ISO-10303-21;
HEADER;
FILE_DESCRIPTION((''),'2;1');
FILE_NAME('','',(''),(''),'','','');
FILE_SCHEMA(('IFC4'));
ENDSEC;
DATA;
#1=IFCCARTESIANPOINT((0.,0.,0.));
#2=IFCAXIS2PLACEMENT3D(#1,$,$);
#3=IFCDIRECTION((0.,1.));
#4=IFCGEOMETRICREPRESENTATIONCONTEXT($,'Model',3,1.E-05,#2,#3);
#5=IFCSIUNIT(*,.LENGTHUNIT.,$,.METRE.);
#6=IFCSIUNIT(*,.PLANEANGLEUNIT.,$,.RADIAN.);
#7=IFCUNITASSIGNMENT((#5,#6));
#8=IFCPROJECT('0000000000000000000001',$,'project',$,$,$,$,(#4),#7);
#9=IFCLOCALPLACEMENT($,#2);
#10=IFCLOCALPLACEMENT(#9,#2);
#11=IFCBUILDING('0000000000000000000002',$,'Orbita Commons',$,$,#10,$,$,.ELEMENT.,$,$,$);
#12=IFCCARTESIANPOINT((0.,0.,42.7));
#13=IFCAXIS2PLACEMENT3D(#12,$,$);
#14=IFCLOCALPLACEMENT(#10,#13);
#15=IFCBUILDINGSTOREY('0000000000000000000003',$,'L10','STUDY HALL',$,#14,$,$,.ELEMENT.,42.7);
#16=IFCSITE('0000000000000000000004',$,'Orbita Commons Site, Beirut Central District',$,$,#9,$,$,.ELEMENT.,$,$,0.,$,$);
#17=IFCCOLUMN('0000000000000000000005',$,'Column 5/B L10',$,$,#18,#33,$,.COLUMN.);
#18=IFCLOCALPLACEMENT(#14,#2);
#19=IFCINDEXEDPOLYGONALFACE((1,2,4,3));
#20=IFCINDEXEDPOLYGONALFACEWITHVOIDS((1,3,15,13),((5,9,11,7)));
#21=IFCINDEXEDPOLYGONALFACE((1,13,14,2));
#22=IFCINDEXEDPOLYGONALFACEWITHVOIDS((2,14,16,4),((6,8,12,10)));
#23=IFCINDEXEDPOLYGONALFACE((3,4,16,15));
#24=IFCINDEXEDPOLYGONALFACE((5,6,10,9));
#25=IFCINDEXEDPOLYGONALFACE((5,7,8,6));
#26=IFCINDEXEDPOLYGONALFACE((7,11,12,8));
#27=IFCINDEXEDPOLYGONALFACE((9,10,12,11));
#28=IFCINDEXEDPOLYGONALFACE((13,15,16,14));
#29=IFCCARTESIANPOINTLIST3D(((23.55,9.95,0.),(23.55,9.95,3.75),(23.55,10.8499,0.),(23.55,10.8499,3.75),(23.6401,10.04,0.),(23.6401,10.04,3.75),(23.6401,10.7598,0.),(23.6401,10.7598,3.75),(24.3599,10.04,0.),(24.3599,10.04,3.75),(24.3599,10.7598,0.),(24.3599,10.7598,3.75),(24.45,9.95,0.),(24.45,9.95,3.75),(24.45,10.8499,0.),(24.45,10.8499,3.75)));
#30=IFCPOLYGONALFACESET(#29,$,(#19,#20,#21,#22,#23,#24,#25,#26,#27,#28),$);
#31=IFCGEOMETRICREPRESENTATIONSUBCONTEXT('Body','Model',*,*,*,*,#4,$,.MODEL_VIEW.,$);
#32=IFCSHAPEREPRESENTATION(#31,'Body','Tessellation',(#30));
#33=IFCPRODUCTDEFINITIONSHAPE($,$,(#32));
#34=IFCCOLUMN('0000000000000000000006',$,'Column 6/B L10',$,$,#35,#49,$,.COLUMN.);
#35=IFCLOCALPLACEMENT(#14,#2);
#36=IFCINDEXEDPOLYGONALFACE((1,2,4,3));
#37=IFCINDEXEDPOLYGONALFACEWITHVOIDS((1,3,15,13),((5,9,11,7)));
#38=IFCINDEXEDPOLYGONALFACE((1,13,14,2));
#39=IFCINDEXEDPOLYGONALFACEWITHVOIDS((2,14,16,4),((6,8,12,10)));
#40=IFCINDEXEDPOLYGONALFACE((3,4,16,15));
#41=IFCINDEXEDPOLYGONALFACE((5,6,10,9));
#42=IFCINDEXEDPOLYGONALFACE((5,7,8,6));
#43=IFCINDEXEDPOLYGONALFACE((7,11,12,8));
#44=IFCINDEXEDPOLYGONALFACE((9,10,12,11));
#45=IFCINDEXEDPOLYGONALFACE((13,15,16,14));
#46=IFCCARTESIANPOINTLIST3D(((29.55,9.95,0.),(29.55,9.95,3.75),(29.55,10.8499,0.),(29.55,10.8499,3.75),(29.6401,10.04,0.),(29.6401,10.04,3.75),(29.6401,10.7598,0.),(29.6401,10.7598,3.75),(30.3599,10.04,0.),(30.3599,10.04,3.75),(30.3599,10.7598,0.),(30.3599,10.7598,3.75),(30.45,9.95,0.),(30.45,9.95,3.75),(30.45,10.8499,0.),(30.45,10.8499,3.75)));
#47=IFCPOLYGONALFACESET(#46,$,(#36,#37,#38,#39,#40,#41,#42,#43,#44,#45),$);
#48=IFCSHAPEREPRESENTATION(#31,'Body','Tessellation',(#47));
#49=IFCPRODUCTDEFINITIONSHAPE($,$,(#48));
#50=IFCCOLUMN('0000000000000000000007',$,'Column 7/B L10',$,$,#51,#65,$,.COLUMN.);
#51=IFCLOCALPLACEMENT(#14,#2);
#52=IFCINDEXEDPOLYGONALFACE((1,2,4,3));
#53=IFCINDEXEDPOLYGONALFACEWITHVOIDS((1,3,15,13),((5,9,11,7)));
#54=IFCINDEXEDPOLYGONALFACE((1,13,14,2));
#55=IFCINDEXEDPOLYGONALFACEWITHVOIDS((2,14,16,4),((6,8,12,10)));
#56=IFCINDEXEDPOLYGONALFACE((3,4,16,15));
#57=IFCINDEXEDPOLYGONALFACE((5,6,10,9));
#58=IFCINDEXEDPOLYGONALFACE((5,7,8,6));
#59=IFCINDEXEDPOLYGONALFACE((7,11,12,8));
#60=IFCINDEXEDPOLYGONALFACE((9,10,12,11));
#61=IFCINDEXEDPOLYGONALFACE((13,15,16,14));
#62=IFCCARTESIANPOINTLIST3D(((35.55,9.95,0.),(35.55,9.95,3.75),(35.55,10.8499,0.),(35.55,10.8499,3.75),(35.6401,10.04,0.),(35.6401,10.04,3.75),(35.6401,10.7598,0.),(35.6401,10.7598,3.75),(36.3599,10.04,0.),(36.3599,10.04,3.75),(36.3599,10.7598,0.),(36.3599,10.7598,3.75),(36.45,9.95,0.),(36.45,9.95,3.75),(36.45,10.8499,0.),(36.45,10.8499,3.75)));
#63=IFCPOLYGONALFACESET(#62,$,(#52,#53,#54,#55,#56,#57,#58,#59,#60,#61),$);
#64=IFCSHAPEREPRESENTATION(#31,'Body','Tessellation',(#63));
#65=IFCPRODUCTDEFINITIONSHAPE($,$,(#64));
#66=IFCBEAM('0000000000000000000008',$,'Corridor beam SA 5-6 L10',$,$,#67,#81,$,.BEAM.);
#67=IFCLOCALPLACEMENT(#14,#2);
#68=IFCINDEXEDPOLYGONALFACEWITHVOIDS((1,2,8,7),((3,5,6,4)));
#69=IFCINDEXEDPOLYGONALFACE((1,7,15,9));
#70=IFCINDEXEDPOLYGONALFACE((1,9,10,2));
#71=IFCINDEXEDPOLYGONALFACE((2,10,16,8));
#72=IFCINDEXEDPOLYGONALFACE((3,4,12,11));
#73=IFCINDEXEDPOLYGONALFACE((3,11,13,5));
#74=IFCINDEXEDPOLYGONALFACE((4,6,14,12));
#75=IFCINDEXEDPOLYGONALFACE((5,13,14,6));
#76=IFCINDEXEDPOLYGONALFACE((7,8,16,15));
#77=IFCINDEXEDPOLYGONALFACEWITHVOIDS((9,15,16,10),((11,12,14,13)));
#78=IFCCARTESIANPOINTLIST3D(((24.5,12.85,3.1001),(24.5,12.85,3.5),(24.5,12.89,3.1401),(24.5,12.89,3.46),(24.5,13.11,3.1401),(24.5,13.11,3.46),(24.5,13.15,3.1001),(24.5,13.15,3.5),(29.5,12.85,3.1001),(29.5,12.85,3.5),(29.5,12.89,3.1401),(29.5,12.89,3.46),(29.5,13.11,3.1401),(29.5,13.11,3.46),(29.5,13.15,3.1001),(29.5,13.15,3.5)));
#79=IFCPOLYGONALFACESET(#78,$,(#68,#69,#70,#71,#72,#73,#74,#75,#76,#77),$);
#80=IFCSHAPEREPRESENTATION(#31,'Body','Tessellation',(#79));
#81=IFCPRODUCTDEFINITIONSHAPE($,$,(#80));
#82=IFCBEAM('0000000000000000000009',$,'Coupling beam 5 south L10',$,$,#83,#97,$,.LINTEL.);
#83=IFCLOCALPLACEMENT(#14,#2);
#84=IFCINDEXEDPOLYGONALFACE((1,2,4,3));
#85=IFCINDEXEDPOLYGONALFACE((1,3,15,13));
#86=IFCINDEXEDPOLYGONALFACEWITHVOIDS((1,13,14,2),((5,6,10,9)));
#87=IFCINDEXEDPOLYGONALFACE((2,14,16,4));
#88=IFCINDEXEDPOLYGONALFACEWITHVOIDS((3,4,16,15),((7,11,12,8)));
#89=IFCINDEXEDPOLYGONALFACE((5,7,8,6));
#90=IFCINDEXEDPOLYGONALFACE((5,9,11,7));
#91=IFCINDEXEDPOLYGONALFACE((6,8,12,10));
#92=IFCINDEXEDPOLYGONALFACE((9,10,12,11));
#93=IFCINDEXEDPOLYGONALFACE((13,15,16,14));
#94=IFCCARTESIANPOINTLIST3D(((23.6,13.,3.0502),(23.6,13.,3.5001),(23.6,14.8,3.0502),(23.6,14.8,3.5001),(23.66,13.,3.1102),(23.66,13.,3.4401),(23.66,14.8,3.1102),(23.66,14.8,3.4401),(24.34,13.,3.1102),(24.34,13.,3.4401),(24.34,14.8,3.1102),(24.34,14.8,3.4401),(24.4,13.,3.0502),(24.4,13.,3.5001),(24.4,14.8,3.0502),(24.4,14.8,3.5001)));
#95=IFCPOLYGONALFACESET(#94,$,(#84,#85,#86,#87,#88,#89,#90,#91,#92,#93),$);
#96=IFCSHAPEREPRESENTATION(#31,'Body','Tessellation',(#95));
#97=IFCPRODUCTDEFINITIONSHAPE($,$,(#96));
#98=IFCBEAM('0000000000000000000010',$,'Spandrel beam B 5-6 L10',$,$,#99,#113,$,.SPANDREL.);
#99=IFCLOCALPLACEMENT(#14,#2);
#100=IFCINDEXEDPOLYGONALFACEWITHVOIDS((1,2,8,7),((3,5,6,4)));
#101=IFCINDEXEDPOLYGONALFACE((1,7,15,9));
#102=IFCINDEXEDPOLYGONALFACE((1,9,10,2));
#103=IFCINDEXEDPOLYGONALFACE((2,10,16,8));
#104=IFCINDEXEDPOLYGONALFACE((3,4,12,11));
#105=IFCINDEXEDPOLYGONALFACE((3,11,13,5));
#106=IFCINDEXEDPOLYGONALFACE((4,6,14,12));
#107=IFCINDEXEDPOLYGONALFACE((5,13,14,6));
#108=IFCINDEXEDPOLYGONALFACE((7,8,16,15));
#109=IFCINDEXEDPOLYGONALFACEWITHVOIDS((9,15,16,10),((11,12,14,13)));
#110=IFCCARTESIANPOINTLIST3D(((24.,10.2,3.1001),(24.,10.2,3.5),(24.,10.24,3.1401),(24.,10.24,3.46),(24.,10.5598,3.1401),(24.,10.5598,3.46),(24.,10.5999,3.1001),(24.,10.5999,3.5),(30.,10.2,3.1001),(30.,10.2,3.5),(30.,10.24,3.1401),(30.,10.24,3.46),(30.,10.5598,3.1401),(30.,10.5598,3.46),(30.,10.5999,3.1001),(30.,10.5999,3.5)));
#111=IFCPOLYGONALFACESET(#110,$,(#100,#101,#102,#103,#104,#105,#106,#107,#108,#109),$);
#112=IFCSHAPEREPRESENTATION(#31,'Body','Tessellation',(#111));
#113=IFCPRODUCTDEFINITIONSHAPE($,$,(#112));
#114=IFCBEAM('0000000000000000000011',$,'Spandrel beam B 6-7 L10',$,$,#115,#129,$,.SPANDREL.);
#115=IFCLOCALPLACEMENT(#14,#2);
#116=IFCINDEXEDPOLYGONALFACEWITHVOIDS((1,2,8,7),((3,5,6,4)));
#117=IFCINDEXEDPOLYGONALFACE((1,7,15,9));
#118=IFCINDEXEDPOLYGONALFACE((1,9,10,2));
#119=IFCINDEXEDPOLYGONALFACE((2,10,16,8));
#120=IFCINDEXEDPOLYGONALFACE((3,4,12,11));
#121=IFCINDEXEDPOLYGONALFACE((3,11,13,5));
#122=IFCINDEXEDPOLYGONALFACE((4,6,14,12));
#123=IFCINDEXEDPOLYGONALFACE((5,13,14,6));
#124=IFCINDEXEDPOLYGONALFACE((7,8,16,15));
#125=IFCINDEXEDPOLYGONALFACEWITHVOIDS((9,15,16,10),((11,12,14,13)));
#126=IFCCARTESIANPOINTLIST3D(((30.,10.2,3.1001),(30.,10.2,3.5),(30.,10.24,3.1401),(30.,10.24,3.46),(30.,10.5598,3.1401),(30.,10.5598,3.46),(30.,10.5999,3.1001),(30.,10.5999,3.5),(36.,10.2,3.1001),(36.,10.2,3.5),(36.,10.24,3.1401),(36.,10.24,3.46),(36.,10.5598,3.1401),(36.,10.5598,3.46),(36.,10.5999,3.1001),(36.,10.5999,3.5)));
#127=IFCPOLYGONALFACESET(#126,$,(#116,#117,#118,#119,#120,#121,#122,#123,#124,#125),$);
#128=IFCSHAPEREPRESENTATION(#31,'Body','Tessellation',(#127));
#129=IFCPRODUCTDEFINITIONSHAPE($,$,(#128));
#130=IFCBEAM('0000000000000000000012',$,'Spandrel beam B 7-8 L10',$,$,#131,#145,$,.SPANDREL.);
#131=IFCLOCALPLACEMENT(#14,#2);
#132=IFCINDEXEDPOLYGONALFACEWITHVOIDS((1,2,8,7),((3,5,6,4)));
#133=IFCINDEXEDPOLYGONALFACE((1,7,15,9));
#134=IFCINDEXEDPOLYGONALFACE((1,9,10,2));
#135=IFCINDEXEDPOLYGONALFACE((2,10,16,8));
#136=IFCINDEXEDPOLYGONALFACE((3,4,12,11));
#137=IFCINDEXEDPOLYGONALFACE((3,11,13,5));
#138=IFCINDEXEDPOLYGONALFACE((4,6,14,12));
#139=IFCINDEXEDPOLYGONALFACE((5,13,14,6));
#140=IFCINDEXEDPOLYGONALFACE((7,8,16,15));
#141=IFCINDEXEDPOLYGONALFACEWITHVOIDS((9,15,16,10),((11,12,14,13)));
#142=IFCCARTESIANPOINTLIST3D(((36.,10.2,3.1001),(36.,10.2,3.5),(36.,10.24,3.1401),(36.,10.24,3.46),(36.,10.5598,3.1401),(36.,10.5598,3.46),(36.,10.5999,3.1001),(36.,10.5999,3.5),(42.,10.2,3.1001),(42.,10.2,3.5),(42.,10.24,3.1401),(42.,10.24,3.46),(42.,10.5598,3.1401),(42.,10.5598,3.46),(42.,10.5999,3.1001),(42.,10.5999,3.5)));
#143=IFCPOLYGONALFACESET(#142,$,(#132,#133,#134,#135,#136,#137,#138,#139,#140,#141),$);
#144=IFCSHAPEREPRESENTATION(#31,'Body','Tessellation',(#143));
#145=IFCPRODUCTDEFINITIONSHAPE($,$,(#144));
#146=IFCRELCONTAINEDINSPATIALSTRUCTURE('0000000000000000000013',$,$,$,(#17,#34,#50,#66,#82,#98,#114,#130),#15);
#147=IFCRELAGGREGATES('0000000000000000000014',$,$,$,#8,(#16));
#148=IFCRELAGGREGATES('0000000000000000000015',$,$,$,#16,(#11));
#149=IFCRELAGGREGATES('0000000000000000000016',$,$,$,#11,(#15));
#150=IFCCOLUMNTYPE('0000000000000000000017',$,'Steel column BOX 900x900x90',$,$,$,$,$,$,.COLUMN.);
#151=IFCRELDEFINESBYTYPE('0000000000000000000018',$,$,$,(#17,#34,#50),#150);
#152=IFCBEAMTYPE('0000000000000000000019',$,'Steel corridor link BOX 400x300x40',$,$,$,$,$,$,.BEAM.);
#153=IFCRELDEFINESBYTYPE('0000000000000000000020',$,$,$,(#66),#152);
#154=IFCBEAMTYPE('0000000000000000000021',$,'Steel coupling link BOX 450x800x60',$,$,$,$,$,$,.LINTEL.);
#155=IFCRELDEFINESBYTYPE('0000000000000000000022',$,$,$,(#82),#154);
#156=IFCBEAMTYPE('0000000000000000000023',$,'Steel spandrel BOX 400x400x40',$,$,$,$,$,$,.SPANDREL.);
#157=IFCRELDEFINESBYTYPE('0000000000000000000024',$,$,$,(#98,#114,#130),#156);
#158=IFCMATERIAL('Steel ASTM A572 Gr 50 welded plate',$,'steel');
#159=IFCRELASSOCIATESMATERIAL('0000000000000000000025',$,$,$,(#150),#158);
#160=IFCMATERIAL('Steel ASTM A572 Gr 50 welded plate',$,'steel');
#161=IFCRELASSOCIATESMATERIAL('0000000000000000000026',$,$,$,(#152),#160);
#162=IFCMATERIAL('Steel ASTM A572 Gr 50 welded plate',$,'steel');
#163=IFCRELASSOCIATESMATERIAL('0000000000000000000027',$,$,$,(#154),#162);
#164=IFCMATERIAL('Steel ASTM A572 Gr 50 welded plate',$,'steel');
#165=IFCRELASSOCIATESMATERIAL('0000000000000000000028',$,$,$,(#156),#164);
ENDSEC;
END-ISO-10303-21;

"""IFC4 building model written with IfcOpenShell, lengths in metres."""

from ifc_helpers import new_model, si_unit, direction, frame, origin, origin_2d, place, context, subcontext, project, spatial, hollow_rectangle, extrude, material, material_profile, profile_set, type_object, element, save


model = new_model("IFC4")

# Units and contexts
model_context = context("Model", 3, precision=1e-05, world=origin(), true_north=direction((0.0, 1.0)))
body_context = subcontext(model_context, "Body", "Model", "MODEL_VIEW")
ifc_project = project(units=[si_unit("LENGTHUNIT", "METRE"), si_unit("PLANEANGLEUNIT", "RADIAN")], contexts=[model_context])

# Site, building, storey
site_placement = place(None, origin())
site = spatial("IfcSite", under=ifc_project, at=site_placement, Name="Orbita Commons Site, Beirut Central District", CompositionType="ELEMENT", RefElevation=0.0)
building_placement = place(site_placement, origin())
building = spatial("IfcBuilding", under=site, at=building_placement, Name="Orbita Commons", CompositionType="ELEMENT")
storey_placement = place(building_placement, frame((0.0, 0.0, 42.7)))
storey = spatial("IfcBuildingStorey", under=building, at=storey_placement, Name="L10", Description="STUDY HALL", CompositionType="ELEMENT", Elevation=42.7)

# Columns
ifc_material_1 = material(Name="Steel ASTM A572 Gr 50 welded plate", Category="steel")
ifc_material_profile_1 = material_profile(ifc_material_1, hollow_rectangle(XDim=0.8999, YDim=0.8999, WallThickness=0.0901, at=origin_2d()), Name="BOX 900x900x90")
ifc_profile_set_1 = profile_set([ifc_material_profile_1], Name="Steel ASTM A572 Gr 50 welded plate")
column_type = type_object("IfcColumnType", Name="Steel column BOX 900x900x90", PredefinedType="COLUMN", material=ifc_profile_set_1)
for number, where, z_axis, x_axis, name in (
    (1, (24.0, 10.3999, 0.0), (0.0, 0.0, 1.0), (1.0, 0.0, 0.0), "Column 5/B L10"),
    (2, (30.0, 10.3999, 0.0), (0.0, 0.0, 1.0), (1.0, 0.0, 0.0), "Column 6/B L10"),
    (3, (36.0, 10.3999, 0.0), (0.0, 0.0, 1.0), (1.0, 0.0, 0.0), "Column 7/B L10"),
):
    element("IfcColumn", number, at=place(storey_placement, frame(where, z_axis=z_axis, x_axis=x_axis)), inside=storey, type_object=column_type, Name=name, PredefinedType="COLUMN", context=body_context, shape_type="SweptSolid", body=[
        extrude(hollow_rectangle(XDim=0.8999, YDim=0.8999, WallThickness=0.0901, at=origin_2d()), origin(), (0.0, 0.0, 1.0), 3.75),
    ])

# Beams
ifc_material_2 = material(Name="Steel ASTM A572 Gr 50 welded plate", Category="steel")
ifc_material_profile_2 = material_profile(ifc_material_2, hollow_rectangle(XDim=0.3, YDim=0.3999, WallThickness=0.04, at=origin_2d()), Name="BOX 400x300x40")
ifc_profile_set_2 = profile_set([ifc_material_profile_2], Name="Steel ASTM A572 Gr 50 welded plate")
beam_type_1 = type_object("IfcBeamType", Name="Steel corridor link BOX 400x300x40", PredefinedType="BEAM", material=ifc_profile_set_2)
beam_1_placement = place(storey_placement, frame((24.5, 13.0, 3.3), z_axis=(1.0, 0.0, 0.0), x_axis=(0.0, 1.0, 0.0)))
element("IfcBeam", 4, at=beam_1_placement, inside=storey, type_object=beam_type_1, Name="Corridor beam SA 5-6 L10", PredefinedType="BEAM", context=body_context, shape_type="SweptSolid", body=[
    extrude(hollow_rectangle(XDim=0.3, YDim=0.3999, WallThickness=0.04, at=origin_2d()), origin(), (0.0, 0.0, 1.0), 5.0),
])
ifc_material_3 = material(Name="Steel ASTM A572 Gr 50 welded plate", Category="steel")
ifc_material_profile_3 = material_profile(ifc_material_3, hollow_rectangle(XDim=0.8, YDim=0.45, WallThickness=0.0601, at=origin_2d()), Name="BOX 450x800x60")
ifc_profile_set_3 = profile_set([ifc_material_profile_3], Name="Steel ASTM A572 Gr 50 welded plate")
beam_type_2 = type_object("IfcBeamType", Name="Steel coupling link BOX 450x800x60", PredefinedType="LINTEL", material=ifc_profile_set_3)
beam_2_placement = place(storey_placement, frame((24.0, 13.0, 3.2751), z_axis=(0.0, 1.0, 0.0), x_axis=(-1.0, 0.0, 0.0)))
element("IfcBeam", 5, at=beam_2_placement, inside=storey, type_object=beam_type_2, Name="Coupling beam 5 south L10", PredefinedType="LINTEL", context=body_context, shape_type="SweptSolid", body=[
    extrude(hollow_rectangle(XDim=0.8, YDim=0.45, WallThickness=0.0601, at=origin_2d()), origin(), (0.0, 0.0, 1.0), 1.8),
])
ifc_material_4 = material(Name="Steel ASTM A572 Gr 50 welded plate", Category="steel")
ifc_material_profile_4 = material_profile(ifc_material_4, hollow_rectangle(XDim=0.3999, YDim=0.3999, WallThickness=0.04, at=origin_2d()), Name="BOX 400x400x40")
ifc_profile_set_4 = profile_set([ifc_material_profile_4], Name="Steel ASTM A572 Gr 50 welded plate")
beam_type_3 = type_object("IfcBeamType", Name="Steel spandrel BOX 400x400x40", PredefinedType="SPANDREL", material=ifc_profile_set_4)
for number, where, z_axis, x_axis, name in (
    (6, (24.0, 10.3999, 3.3), (1.0, 0.0, 0.0), (0.0, 1.0, 0.0), "Spandrel beam B 5-6 L10"),
    (7, (30.0, 10.3999, 3.3), (1.0, 0.0, 0.0), (0.0, 1.0, 0.0), "Spandrel beam B 6-7 L10"),
    (8, (36.0, 10.3999, 3.3), (1.0, 0.0, 0.0), (0.0, 1.0, 0.0), "Spandrel beam B 7-8 L10"),
):
    element("IfcBeam", number, at=place(storey_placement, frame(where, z_axis=z_axis, x_axis=x_axis)), inside=storey, type_object=beam_type_3, Name=name, PredefinedType="SPANDREL", context=body_context, shape_type="SweptSolid", body=[
        extrude(hollow_rectangle(XDim=0.3999, YDim=0.3999, WallThickness=0.04, at=origin_2d()), origin(), (0.0, 0.0, 1.0), 6.0),
    ])

save(model, "model.ifc")
